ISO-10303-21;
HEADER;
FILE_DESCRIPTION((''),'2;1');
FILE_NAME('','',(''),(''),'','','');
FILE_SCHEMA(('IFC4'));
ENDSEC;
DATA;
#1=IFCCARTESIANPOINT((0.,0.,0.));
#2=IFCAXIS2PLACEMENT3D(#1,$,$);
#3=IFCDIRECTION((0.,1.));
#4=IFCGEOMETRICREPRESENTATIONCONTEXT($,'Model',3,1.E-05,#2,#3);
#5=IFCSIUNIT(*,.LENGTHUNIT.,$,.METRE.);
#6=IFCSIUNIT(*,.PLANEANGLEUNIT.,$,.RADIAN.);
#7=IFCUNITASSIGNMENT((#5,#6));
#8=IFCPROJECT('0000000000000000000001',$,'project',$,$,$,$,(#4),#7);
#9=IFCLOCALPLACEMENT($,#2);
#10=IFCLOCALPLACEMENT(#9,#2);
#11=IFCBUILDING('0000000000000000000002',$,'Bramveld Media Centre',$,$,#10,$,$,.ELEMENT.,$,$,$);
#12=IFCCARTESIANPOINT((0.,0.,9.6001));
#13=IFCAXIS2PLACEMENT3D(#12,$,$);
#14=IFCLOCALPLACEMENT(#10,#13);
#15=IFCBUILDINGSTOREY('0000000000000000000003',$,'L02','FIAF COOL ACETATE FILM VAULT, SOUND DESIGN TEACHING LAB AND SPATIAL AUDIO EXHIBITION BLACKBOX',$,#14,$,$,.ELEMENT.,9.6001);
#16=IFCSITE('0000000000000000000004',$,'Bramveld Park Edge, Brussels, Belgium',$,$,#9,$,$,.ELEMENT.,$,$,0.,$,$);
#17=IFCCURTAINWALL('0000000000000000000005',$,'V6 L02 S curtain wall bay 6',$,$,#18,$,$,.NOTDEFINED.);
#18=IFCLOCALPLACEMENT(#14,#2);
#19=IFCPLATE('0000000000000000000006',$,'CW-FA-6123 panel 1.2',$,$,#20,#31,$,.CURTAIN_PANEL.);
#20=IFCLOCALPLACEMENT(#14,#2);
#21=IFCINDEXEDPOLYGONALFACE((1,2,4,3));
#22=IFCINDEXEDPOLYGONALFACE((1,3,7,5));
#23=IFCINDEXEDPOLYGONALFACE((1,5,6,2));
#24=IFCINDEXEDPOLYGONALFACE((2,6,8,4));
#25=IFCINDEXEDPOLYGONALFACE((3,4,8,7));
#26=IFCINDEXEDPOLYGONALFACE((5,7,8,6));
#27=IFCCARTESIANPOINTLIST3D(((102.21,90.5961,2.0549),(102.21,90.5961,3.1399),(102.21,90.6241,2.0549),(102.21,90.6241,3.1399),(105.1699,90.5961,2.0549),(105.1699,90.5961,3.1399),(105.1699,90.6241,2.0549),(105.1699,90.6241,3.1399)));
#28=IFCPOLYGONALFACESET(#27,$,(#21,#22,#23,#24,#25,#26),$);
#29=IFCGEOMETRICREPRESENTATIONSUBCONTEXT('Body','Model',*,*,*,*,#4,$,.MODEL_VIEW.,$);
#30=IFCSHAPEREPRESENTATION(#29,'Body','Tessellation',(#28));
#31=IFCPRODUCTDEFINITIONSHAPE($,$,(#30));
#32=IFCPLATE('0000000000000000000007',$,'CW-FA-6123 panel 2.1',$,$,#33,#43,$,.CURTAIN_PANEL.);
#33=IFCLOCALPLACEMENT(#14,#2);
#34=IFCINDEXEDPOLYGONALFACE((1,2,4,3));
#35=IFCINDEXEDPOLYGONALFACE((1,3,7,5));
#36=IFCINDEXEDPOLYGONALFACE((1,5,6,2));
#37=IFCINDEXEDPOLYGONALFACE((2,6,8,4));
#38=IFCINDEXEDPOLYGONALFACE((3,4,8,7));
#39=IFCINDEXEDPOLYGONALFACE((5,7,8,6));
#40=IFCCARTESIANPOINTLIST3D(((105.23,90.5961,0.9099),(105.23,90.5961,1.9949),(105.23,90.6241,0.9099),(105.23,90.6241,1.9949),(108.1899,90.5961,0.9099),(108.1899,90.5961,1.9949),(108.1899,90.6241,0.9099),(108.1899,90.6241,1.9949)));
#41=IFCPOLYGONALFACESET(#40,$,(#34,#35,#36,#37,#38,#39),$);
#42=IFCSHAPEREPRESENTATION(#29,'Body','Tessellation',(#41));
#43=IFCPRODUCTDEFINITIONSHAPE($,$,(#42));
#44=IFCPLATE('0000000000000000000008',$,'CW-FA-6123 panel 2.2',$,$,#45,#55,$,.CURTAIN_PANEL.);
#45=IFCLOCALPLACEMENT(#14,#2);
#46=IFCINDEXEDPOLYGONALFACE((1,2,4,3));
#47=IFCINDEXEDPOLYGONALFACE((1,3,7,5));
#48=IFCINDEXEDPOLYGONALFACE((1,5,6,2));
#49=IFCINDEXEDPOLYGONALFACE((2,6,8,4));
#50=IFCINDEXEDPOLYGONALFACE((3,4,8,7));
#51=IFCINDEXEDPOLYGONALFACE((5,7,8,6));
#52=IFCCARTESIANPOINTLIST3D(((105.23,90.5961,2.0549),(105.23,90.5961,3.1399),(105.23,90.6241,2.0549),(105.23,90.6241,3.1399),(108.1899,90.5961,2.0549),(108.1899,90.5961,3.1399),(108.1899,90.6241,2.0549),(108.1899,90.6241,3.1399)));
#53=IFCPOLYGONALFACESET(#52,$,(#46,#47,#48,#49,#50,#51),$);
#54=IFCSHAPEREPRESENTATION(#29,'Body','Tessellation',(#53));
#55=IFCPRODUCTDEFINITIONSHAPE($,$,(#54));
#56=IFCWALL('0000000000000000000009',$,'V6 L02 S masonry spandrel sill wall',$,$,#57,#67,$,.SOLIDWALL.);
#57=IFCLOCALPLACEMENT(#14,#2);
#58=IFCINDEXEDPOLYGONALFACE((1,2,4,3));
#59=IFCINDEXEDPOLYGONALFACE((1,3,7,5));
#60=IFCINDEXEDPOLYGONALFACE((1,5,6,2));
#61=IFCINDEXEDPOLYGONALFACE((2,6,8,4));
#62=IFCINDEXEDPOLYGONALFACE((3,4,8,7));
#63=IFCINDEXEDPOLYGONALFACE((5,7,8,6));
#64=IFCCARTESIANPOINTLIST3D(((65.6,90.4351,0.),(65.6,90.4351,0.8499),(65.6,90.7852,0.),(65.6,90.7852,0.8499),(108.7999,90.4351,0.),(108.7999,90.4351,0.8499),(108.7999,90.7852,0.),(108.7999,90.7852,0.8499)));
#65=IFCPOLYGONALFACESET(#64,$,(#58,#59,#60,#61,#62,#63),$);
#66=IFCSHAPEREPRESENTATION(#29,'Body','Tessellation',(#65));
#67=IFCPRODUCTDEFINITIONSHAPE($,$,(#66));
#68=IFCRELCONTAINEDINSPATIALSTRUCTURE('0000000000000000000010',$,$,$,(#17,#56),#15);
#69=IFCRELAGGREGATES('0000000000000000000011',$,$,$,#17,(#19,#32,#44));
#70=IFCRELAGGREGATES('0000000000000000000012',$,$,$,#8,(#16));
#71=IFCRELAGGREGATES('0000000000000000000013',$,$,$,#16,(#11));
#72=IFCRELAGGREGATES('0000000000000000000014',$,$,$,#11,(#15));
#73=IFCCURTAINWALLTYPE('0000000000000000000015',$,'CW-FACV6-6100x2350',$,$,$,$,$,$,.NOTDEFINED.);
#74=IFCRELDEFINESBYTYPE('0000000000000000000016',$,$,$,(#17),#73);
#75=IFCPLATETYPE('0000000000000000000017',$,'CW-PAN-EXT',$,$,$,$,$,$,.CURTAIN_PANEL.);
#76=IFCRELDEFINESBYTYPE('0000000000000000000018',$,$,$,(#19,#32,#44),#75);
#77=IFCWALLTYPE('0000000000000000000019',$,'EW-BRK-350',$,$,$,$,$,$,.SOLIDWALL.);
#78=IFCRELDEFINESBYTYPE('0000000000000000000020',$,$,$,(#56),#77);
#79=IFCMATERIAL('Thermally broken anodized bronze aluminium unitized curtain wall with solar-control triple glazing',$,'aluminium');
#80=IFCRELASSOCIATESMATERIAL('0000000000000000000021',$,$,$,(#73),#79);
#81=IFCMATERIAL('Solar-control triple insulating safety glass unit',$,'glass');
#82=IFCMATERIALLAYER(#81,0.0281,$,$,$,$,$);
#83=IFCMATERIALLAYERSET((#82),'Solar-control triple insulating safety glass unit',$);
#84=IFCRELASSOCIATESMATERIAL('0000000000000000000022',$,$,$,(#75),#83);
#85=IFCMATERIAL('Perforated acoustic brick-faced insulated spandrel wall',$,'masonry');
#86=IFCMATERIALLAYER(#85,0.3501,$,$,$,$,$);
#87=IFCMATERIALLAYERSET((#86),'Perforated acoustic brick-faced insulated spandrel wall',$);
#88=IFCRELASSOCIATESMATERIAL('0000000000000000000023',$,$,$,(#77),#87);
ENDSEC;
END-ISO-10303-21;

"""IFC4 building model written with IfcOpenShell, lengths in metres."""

from ifc_helpers import new_model, si_unit, direction, frame, frame_2d, origin, origin_2d, place, context, subcontext, project, spatial, rectangle, extrude, material, layer, layer_set, type_object, element, aggregate, save


model = new_model("IFC4")

# Units and contexts
model_context = context("Model", 3, precision=1e-05, world=origin(), true_north=direction((0.0, 1.0)))
body_context = subcontext(model_context, "Body", "Model", "MODEL_VIEW")
ifc_project = project(units=[si_unit("LENGTHUNIT", "METRE"), si_unit("PLANEANGLEUNIT", "RADIAN")], contexts=[model_context])

# Site, building, storey
site_placement = place(None, origin())
site = spatial("IfcSite", under=ifc_project, at=site_placement, Name="Bramveld Park Edge, Brussels, Belgium", CompositionType="ELEMENT", RefElevation=0.0)
building_placement = place(site_placement, origin())
building = spatial("IfcBuilding", under=site, at=building_placement, Name="Bramveld Media Centre", CompositionType="ELEMENT")
storey_placement = place(building_placement, frame((0.0, 0.0, 9.6001)))
storey = spatial("IfcBuildingStorey", under=building, at=storey_placement, Name="L02", Description="FIAF COOL ACETATE FILM VAULT, SOUND DESIGN TEACHING LAB AND SPATIAL AUDIO EXHIBITION BLACKBOX", CompositionType="ELEMENT", Elevation=9.6001)

# Curtain wall
ifc_material_1 = material(Name="Thermally broken anodized bronze aluminium unitized curtain wall with solar-control triple glazing", Category="aluminium")
curtain_wall_type = type_object("IfcCurtainWallType", Name="CW-FACV6-6100x2350", PredefinedType="NOTDEFINED", material=ifc_material_1)
curtain_wall_1_placement = place(storey_placement, origin())
curtain_wall_1 = element("IfcCurtainWall", 1, at=curtain_wall_1_placement, inside=storey, type_object=curtain_wall_type, Name="V6 L02 S curtain wall bay 6", PredefinedType="NOTDEFINED")

# Plates
ifc_material_2 = material(Name="Solar-control triple insulating safety glass unit", Category="glass")
ifc_layer_1 = layer(ifc_material_2, 0.0281)
ifc_layer_set_1 = layer_set([ifc_layer_1], Name="Solar-control triple insulating safety glass unit")
plate_type = type_object("IfcPlateType", Name="CW-PAN-EXT", PredefinedType="CURTAIN_PANEL", material=ifc_layer_set_1)
plate_1_placement = place(storey_placement, frame((103.6899, 90.6101, 2.0549), z_axis=(0.0, 0.0, 1.0), x_axis=(1.0, 0.0, 0.0)))
plate_1 = element("IfcPlate", 2, at=plate_1_placement, type_object=plate_type, Name="CW-FA-6123 panel 1.2", PredefinedType="CURTAIN_PANEL", context=body_context, shape_type="SweptSolid", body=[
    extrude(rectangle(XDim=2.96, YDim=0.0281, at=origin_2d()), origin(), (0.0, 0.0, 1.0), 1.085),
])
plate_2_placement = place(storey_placement, frame((106.71, 90.6101, 0.9099), z_axis=(0.0, 0.0, 1.0), x_axis=(1.0, 0.0, 0.0)))
plate_2 = element("IfcPlate", 3, at=plate_2_placement, type_object=plate_type, Name="CW-FA-6123 panel 2.1", PredefinedType="CURTAIN_PANEL", context=body_context, shape_type="SweptSolid", body=[
    extrude(rectangle(XDim=2.96, YDim=0.0281, at=origin_2d()), origin(), (0.0, 0.0, 1.0), 1.085),
])
plate_3_placement = place(storey_placement, frame((106.71, 90.6101, 2.0549), z_axis=(0.0, 0.0, 1.0), x_axis=(1.0, 0.0, 0.0)))
plate_3 = element("IfcPlate", 4, at=plate_3_placement, type_object=plate_type, Name="CW-FA-6123 panel 2.2", PredefinedType="CURTAIN_PANEL", context=body_context, shape_type="SweptSolid", body=[
    extrude(rectangle(XDim=2.96, YDim=0.0281, at=origin_2d()), origin(), (0.0, 0.0, 1.0), 1.085),
])
aggregate(curtain_wall_1, [plate_1, plate_2, plate_3])

# Wall
ifc_material_3 = material(Name="Perforated acoustic brick-faced insulated spandrel wall", Category="masonry")
ifc_layer_2 = layer(ifc_material_3, 0.3501)
ifc_layer_set_2 = layer_set([ifc_layer_2], Name="Perforated acoustic brick-faced insulated spandrel wall")
wall_type = type_object("IfcWallType", Name="EW-BRK-350", PredefinedType="SOLIDWALL", material=ifc_layer_set_2)
wall_placement = place(storey_placement, frame((108.8, 90.6101, 0.0), z_axis=(0.0, 0.0, 1.0), x_axis=(-1.0, 0.0, 0.0)))
element("IfcWall", 5, at=wall_placement, inside=storey, type_object=wall_type, Name="V6 L02 S masonry spandrel sill wall", PredefinedType="SOLIDWALL", context=body_context, shape_type="SweptSolid", body=[
    extrude(rectangle(XDim=43.2, YDim=0.3501, at=frame_2d((21.6001, 0.0))), origin(), (0.0, 0.0, 1.0), 0.8499),
])

save(model, "model.ifc")
